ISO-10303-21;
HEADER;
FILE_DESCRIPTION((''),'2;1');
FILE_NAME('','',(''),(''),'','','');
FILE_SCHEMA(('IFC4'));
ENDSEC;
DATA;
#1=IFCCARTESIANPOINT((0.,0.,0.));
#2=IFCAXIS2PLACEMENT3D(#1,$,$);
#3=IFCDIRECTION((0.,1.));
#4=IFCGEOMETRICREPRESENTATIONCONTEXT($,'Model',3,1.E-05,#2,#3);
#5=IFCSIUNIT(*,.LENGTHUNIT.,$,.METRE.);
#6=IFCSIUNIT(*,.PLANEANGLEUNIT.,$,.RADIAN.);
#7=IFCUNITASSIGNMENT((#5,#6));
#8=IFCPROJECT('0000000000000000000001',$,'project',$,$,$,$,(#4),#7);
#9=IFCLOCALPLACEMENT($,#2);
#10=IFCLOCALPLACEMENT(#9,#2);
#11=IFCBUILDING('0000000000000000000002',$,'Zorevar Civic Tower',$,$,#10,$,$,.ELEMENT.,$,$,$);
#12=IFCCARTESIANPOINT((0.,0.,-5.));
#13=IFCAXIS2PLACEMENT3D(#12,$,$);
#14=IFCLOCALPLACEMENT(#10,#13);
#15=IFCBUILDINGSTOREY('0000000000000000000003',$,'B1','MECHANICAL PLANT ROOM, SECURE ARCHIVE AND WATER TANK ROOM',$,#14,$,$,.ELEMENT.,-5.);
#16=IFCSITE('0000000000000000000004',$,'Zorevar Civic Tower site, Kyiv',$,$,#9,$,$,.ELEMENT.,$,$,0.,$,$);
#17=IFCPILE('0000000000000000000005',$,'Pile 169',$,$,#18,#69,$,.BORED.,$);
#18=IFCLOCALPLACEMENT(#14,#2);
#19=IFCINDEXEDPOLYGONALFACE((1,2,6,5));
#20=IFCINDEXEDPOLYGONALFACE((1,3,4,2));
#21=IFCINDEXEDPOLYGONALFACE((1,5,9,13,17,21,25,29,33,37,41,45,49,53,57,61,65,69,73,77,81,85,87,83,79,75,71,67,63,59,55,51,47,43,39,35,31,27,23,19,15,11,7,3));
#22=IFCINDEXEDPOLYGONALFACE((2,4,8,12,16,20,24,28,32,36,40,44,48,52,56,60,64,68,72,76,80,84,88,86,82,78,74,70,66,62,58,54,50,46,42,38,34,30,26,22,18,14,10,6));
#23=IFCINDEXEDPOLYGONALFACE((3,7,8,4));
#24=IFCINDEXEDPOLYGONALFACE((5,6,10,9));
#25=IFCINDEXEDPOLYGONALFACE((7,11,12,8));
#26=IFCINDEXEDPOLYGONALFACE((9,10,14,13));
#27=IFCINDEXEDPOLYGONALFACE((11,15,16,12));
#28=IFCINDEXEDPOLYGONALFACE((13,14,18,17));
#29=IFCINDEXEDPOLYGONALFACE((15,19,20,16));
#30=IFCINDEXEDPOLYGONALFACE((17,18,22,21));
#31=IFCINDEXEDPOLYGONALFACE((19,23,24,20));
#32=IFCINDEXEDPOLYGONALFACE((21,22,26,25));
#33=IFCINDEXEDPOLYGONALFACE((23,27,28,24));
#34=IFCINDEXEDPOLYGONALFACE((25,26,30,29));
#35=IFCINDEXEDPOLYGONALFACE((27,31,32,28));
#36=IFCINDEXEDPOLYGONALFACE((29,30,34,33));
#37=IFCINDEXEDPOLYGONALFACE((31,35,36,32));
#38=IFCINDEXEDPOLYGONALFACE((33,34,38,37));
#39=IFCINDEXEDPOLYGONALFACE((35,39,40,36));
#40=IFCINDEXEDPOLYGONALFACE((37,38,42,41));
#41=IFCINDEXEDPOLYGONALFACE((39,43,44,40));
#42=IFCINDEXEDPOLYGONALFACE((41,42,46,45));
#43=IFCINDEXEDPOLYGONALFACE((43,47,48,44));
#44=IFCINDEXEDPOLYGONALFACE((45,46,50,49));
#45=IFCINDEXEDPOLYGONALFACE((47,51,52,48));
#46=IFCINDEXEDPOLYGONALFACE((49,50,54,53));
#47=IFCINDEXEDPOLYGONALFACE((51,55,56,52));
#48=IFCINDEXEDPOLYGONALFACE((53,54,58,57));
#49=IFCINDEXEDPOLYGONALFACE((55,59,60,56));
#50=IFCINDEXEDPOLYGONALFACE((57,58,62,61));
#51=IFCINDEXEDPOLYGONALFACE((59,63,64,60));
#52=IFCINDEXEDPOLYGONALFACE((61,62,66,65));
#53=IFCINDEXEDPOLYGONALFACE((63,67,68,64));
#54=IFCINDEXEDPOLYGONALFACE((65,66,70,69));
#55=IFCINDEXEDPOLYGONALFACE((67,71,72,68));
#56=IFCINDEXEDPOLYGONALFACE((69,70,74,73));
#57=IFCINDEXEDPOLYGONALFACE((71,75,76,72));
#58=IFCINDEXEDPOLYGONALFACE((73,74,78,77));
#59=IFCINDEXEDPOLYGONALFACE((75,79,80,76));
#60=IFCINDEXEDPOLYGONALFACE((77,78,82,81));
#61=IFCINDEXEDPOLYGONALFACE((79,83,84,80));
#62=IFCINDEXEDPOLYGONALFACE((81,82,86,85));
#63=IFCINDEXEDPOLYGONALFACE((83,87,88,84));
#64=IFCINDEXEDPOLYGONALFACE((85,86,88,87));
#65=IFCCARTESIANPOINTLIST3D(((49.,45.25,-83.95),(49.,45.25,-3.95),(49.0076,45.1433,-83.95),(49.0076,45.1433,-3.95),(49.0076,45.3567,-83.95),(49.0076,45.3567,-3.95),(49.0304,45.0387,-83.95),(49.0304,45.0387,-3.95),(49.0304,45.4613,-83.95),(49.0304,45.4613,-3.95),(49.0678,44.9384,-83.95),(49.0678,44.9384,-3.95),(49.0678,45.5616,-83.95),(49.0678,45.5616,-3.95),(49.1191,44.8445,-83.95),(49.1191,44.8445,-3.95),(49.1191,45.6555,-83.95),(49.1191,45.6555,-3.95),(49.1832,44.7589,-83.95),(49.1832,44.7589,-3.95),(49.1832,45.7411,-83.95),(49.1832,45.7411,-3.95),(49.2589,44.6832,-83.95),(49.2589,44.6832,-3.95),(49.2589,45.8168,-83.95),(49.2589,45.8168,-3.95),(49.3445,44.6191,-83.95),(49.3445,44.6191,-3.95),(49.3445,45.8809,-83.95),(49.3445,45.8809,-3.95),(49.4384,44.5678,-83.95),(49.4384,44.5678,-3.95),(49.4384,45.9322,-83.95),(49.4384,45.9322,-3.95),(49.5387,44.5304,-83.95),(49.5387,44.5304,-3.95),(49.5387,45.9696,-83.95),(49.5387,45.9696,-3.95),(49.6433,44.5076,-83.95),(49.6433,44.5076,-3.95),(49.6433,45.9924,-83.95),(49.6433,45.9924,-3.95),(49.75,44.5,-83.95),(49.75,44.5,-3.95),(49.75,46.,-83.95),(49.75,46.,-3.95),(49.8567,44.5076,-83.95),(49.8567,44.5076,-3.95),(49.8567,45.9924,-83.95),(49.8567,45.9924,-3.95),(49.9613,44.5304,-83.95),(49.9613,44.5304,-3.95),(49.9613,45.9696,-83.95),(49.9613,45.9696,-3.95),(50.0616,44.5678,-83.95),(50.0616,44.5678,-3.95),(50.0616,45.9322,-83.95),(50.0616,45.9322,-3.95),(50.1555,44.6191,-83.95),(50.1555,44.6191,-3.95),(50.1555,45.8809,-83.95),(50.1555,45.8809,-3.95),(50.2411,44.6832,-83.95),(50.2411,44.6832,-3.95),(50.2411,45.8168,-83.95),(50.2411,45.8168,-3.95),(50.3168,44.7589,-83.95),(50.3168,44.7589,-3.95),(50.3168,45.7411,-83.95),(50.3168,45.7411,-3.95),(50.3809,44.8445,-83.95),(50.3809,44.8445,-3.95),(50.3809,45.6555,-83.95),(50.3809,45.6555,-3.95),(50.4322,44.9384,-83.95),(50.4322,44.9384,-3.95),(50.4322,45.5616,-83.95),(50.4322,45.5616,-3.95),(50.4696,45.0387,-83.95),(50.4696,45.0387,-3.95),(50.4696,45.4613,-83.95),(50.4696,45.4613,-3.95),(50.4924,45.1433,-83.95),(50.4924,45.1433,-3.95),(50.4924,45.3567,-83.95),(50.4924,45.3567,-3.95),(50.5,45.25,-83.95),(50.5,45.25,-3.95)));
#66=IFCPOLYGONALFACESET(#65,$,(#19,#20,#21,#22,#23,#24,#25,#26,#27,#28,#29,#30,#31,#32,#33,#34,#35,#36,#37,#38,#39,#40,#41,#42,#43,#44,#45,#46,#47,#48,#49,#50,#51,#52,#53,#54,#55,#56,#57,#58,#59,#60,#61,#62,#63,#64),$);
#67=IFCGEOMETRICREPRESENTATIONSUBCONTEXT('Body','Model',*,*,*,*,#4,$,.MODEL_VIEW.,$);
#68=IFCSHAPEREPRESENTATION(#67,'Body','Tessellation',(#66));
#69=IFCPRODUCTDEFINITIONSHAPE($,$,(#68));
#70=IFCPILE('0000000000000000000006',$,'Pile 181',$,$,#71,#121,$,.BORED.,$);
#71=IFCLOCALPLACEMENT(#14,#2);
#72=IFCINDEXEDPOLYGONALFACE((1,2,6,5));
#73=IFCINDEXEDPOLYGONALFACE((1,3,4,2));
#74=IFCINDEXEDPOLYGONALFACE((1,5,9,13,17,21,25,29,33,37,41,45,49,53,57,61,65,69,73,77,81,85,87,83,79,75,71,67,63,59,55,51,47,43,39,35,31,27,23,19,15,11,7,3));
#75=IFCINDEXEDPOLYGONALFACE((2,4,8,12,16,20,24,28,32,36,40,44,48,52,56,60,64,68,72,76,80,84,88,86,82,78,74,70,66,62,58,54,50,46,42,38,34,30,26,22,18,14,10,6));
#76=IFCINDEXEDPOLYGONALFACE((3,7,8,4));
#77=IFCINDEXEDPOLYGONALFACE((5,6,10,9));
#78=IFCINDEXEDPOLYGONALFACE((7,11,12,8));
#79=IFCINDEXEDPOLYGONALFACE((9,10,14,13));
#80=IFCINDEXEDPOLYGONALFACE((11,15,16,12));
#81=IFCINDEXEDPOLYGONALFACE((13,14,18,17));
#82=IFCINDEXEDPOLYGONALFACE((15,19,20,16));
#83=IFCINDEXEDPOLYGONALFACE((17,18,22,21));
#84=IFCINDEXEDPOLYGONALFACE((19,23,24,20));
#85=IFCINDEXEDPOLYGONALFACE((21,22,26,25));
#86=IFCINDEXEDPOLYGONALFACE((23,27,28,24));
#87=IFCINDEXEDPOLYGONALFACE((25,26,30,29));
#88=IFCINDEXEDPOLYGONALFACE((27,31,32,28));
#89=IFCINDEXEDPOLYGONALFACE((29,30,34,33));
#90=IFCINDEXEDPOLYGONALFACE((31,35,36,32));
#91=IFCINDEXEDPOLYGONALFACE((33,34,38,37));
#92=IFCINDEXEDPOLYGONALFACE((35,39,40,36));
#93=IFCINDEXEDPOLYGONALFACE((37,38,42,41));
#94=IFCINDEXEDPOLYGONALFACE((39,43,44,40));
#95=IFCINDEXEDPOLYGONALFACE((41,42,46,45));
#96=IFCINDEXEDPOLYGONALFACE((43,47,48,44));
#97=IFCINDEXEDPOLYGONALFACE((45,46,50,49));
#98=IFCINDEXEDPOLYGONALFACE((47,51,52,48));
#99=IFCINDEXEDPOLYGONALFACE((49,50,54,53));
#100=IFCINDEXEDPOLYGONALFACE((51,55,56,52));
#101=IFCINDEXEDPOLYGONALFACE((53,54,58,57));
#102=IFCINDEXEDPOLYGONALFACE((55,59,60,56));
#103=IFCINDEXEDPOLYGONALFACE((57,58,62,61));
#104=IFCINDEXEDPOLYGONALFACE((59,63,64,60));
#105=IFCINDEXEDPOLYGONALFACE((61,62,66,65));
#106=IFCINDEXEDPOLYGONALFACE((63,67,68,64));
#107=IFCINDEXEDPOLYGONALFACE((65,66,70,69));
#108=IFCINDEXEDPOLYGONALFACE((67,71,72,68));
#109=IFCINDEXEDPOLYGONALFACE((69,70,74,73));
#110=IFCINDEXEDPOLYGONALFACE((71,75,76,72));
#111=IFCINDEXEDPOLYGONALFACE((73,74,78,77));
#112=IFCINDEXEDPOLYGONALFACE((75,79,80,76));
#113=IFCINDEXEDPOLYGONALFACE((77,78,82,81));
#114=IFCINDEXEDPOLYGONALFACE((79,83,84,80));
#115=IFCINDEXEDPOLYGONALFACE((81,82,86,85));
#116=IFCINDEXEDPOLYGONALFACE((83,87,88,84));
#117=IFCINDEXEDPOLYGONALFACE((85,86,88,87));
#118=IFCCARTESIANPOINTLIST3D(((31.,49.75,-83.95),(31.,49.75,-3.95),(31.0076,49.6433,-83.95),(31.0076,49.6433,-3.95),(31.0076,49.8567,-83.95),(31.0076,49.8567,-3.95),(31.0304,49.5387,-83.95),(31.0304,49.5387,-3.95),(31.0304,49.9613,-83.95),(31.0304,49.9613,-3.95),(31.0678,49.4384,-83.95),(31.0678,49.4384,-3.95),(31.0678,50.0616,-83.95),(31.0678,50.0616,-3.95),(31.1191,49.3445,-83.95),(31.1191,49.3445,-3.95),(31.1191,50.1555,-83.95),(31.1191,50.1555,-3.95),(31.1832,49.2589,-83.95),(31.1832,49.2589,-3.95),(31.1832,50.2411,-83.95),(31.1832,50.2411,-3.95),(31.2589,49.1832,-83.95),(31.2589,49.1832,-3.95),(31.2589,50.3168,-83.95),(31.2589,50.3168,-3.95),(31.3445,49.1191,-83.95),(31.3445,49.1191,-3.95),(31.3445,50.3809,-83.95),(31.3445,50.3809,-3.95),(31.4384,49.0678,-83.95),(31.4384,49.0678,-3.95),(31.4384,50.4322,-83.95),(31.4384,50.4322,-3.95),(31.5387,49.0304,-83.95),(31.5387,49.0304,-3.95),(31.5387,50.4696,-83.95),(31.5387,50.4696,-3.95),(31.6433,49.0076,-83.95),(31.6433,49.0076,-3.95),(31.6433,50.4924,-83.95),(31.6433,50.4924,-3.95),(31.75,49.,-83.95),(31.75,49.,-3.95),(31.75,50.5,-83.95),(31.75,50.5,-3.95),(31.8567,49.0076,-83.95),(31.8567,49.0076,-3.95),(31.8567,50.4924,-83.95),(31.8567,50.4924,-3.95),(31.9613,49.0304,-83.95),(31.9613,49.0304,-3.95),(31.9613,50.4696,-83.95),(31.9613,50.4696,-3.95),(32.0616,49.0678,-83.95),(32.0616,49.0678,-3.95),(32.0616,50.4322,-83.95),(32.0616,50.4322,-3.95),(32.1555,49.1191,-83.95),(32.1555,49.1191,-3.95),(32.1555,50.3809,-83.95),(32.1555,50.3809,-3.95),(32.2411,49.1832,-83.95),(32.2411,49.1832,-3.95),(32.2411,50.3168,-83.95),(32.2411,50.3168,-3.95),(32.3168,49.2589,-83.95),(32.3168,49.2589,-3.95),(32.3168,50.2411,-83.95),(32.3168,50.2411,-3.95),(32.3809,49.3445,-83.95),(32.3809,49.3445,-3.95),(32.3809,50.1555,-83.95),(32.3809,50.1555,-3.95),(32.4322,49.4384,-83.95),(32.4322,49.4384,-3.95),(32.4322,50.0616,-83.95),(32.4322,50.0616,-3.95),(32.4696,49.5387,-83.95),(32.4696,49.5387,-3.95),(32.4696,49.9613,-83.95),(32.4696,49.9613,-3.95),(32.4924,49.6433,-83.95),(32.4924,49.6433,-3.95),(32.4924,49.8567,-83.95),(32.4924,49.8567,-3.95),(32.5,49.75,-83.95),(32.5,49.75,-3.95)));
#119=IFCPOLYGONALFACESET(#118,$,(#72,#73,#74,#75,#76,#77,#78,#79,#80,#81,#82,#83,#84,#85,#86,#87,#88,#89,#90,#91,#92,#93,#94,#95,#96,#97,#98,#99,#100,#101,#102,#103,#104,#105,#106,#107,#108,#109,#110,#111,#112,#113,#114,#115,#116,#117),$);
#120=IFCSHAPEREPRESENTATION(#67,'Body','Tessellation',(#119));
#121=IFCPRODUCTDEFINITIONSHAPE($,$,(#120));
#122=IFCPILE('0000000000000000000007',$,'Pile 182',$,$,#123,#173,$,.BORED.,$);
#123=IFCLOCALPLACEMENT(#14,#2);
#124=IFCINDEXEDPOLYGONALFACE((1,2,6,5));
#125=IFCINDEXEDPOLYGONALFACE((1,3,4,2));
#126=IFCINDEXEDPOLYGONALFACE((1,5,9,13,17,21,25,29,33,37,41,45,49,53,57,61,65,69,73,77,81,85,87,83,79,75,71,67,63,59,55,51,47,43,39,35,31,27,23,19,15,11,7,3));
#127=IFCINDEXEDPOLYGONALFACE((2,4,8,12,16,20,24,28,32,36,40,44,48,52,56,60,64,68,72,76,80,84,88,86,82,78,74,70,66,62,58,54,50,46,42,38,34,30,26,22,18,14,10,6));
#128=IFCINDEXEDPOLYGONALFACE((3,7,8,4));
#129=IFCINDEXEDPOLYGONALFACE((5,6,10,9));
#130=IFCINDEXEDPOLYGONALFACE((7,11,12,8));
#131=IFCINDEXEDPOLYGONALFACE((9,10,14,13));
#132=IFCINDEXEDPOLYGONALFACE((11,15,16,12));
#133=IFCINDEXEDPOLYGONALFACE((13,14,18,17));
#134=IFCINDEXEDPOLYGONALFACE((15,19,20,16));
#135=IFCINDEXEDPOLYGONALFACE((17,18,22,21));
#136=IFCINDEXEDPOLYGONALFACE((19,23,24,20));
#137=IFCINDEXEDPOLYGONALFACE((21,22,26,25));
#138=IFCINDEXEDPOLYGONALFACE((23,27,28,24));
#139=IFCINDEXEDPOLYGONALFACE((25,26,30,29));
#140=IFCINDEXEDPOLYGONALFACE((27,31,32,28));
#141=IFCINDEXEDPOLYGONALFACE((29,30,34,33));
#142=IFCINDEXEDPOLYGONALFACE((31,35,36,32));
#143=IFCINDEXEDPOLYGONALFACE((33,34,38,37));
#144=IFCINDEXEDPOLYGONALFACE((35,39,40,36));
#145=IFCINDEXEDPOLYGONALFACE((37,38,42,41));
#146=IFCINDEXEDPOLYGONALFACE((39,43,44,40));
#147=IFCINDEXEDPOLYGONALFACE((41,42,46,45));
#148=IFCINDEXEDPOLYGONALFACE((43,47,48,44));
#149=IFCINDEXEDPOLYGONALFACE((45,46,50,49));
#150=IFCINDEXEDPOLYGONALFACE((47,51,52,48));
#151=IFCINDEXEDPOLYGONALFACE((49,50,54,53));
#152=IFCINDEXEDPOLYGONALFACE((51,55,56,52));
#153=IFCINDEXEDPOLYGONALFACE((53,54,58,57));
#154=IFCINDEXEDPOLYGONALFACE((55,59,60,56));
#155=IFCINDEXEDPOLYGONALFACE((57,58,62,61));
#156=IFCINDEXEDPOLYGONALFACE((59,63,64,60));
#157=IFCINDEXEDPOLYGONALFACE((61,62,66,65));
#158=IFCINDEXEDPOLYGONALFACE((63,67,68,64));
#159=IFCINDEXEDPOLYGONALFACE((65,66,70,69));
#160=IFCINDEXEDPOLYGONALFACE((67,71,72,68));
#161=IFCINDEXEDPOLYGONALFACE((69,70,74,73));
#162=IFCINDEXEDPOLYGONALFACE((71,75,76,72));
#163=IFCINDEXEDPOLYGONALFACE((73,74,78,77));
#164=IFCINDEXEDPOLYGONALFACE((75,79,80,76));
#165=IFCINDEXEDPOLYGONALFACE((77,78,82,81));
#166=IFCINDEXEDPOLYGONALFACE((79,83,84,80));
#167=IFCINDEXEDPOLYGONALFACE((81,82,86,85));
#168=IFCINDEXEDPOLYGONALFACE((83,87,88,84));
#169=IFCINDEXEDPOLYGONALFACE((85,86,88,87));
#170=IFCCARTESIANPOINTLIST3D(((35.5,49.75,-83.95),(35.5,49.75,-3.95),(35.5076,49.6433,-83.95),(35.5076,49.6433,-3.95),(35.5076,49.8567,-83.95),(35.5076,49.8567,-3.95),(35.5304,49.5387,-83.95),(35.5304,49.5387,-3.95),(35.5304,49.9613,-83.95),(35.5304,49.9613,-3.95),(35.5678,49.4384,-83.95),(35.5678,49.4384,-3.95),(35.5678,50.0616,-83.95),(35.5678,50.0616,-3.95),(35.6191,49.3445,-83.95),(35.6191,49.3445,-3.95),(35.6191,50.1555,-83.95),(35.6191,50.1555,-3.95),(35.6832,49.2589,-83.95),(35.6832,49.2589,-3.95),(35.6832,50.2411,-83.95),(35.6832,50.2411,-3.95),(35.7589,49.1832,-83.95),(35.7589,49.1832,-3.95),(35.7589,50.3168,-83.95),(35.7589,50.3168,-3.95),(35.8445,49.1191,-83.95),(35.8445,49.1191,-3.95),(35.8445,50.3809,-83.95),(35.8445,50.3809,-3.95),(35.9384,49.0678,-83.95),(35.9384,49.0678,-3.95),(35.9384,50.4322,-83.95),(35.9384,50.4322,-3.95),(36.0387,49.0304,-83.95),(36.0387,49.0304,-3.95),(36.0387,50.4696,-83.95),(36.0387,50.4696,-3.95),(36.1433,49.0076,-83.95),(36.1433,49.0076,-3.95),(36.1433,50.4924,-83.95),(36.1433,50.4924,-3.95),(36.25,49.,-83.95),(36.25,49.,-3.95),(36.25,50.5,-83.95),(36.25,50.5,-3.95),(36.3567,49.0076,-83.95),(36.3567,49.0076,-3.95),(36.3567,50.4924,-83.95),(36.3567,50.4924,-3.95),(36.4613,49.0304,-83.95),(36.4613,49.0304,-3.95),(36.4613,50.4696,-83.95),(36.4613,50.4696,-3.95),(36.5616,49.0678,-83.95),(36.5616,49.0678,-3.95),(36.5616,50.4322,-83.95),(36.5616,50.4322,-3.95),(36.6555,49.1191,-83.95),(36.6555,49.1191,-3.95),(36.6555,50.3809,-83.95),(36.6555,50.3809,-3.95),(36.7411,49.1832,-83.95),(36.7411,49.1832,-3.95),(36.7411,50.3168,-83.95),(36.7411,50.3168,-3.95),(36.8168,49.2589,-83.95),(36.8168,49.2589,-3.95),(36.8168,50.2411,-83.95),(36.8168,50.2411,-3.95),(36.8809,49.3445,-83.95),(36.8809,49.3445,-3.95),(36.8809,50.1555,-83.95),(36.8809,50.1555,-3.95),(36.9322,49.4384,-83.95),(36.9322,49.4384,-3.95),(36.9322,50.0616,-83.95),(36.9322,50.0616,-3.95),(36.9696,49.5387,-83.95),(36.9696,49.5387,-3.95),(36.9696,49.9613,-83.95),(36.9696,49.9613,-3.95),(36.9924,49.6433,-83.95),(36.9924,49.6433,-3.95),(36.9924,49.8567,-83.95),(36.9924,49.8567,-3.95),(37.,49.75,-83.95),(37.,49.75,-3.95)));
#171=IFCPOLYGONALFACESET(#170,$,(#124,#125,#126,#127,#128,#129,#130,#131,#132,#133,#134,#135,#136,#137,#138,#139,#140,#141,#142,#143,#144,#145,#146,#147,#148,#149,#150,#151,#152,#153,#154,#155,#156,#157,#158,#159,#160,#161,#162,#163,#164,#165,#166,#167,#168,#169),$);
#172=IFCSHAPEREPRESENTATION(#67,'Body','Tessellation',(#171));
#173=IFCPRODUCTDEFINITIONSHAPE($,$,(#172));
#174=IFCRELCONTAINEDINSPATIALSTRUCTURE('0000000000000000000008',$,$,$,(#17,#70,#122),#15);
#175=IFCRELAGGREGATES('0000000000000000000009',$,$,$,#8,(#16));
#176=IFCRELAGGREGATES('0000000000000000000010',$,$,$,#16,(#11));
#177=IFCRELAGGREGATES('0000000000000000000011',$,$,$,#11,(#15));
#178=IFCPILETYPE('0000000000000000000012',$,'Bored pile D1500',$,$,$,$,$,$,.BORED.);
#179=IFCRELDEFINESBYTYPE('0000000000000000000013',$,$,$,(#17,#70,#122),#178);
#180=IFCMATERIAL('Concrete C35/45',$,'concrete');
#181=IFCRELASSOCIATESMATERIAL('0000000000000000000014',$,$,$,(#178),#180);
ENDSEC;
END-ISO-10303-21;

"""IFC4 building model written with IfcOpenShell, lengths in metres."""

from ifc_helpers import new_model, si_unit, direction, frame, origin, origin_2d, place, context, subcontext, project, spatial, circle, extrude, material, type_object, element, save


model = new_model("IFC4")

# Units and contexts
model_context = context("Model", 3, precision=1e-05, world=origin(), true_north=direction((0.0, 1.0)))
body_context = subcontext(model_context, "Body", "Model", "MODEL_VIEW")
ifc_project = project(units=[si_unit("LENGTHUNIT", "METRE"), si_unit("PLANEANGLEUNIT", "RADIAN")], contexts=[model_context])

# Site, building, storey
site_placement = place(None, origin())
site = spatial("IfcSite", under=ifc_project, at=site_placement, Name="Zorevar Civic Tower site, Kyiv", CompositionType="ELEMENT", RefElevation=0.0)
building_placement = place(site_placement, origin())
building = spatial("IfcBuilding", under=site, at=building_placement, Name="Zorevar Civic Tower", CompositionType="ELEMENT")
storey_placement = place(building_placement, frame((0.0, 0.0, -5.0)))
storey = spatial("IfcBuildingStorey", under=building, at=storey_placement, Name="B1", Description="MECHANICAL PLANT ROOM, SECURE ARCHIVE AND WATER TANK ROOM", CompositionType="ELEMENT", Elevation=-5.0)

# Piles
ifc_material_1 = material(Name="Concrete C35/45", Category="concrete")
pile_type = type_object("IfcPileType", Name="Bored pile D1500", PredefinedType="BORED", material=ifc_material_1)
for number, where, z_axis, x_axis, name in (
    (1, (49.75, 45.25, -3.95), (0.0, 0.0, -1.0), (1.0, 0.0, 0.0), "Pile 169"),
    (2, (31.75, 49.75, -3.95), (0.0, 0.0, -1.0), (1.0, 0.0, 0.0), "Pile 181"),
    (3, (36.25, 49.75, -3.95), (0.0, 0.0, -1.0), (1.0, 0.0, 0.0), "Pile 182"),
):
    element("IfcPile", number, at=place(storey_placement, frame(where, z_axis=z_axis, x_axis=x_axis)), inside=storey, type_object=pile_type, Name=name, PredefinedType="BORED", context=body_context, shape_type="SweptSolid", body=[
        extrude(circle(Radius=0.75, at=origin_2d()), origin(), (0.0, 0.0, 1.0), 80.0),
    ])

save(model, "model.ifc")
